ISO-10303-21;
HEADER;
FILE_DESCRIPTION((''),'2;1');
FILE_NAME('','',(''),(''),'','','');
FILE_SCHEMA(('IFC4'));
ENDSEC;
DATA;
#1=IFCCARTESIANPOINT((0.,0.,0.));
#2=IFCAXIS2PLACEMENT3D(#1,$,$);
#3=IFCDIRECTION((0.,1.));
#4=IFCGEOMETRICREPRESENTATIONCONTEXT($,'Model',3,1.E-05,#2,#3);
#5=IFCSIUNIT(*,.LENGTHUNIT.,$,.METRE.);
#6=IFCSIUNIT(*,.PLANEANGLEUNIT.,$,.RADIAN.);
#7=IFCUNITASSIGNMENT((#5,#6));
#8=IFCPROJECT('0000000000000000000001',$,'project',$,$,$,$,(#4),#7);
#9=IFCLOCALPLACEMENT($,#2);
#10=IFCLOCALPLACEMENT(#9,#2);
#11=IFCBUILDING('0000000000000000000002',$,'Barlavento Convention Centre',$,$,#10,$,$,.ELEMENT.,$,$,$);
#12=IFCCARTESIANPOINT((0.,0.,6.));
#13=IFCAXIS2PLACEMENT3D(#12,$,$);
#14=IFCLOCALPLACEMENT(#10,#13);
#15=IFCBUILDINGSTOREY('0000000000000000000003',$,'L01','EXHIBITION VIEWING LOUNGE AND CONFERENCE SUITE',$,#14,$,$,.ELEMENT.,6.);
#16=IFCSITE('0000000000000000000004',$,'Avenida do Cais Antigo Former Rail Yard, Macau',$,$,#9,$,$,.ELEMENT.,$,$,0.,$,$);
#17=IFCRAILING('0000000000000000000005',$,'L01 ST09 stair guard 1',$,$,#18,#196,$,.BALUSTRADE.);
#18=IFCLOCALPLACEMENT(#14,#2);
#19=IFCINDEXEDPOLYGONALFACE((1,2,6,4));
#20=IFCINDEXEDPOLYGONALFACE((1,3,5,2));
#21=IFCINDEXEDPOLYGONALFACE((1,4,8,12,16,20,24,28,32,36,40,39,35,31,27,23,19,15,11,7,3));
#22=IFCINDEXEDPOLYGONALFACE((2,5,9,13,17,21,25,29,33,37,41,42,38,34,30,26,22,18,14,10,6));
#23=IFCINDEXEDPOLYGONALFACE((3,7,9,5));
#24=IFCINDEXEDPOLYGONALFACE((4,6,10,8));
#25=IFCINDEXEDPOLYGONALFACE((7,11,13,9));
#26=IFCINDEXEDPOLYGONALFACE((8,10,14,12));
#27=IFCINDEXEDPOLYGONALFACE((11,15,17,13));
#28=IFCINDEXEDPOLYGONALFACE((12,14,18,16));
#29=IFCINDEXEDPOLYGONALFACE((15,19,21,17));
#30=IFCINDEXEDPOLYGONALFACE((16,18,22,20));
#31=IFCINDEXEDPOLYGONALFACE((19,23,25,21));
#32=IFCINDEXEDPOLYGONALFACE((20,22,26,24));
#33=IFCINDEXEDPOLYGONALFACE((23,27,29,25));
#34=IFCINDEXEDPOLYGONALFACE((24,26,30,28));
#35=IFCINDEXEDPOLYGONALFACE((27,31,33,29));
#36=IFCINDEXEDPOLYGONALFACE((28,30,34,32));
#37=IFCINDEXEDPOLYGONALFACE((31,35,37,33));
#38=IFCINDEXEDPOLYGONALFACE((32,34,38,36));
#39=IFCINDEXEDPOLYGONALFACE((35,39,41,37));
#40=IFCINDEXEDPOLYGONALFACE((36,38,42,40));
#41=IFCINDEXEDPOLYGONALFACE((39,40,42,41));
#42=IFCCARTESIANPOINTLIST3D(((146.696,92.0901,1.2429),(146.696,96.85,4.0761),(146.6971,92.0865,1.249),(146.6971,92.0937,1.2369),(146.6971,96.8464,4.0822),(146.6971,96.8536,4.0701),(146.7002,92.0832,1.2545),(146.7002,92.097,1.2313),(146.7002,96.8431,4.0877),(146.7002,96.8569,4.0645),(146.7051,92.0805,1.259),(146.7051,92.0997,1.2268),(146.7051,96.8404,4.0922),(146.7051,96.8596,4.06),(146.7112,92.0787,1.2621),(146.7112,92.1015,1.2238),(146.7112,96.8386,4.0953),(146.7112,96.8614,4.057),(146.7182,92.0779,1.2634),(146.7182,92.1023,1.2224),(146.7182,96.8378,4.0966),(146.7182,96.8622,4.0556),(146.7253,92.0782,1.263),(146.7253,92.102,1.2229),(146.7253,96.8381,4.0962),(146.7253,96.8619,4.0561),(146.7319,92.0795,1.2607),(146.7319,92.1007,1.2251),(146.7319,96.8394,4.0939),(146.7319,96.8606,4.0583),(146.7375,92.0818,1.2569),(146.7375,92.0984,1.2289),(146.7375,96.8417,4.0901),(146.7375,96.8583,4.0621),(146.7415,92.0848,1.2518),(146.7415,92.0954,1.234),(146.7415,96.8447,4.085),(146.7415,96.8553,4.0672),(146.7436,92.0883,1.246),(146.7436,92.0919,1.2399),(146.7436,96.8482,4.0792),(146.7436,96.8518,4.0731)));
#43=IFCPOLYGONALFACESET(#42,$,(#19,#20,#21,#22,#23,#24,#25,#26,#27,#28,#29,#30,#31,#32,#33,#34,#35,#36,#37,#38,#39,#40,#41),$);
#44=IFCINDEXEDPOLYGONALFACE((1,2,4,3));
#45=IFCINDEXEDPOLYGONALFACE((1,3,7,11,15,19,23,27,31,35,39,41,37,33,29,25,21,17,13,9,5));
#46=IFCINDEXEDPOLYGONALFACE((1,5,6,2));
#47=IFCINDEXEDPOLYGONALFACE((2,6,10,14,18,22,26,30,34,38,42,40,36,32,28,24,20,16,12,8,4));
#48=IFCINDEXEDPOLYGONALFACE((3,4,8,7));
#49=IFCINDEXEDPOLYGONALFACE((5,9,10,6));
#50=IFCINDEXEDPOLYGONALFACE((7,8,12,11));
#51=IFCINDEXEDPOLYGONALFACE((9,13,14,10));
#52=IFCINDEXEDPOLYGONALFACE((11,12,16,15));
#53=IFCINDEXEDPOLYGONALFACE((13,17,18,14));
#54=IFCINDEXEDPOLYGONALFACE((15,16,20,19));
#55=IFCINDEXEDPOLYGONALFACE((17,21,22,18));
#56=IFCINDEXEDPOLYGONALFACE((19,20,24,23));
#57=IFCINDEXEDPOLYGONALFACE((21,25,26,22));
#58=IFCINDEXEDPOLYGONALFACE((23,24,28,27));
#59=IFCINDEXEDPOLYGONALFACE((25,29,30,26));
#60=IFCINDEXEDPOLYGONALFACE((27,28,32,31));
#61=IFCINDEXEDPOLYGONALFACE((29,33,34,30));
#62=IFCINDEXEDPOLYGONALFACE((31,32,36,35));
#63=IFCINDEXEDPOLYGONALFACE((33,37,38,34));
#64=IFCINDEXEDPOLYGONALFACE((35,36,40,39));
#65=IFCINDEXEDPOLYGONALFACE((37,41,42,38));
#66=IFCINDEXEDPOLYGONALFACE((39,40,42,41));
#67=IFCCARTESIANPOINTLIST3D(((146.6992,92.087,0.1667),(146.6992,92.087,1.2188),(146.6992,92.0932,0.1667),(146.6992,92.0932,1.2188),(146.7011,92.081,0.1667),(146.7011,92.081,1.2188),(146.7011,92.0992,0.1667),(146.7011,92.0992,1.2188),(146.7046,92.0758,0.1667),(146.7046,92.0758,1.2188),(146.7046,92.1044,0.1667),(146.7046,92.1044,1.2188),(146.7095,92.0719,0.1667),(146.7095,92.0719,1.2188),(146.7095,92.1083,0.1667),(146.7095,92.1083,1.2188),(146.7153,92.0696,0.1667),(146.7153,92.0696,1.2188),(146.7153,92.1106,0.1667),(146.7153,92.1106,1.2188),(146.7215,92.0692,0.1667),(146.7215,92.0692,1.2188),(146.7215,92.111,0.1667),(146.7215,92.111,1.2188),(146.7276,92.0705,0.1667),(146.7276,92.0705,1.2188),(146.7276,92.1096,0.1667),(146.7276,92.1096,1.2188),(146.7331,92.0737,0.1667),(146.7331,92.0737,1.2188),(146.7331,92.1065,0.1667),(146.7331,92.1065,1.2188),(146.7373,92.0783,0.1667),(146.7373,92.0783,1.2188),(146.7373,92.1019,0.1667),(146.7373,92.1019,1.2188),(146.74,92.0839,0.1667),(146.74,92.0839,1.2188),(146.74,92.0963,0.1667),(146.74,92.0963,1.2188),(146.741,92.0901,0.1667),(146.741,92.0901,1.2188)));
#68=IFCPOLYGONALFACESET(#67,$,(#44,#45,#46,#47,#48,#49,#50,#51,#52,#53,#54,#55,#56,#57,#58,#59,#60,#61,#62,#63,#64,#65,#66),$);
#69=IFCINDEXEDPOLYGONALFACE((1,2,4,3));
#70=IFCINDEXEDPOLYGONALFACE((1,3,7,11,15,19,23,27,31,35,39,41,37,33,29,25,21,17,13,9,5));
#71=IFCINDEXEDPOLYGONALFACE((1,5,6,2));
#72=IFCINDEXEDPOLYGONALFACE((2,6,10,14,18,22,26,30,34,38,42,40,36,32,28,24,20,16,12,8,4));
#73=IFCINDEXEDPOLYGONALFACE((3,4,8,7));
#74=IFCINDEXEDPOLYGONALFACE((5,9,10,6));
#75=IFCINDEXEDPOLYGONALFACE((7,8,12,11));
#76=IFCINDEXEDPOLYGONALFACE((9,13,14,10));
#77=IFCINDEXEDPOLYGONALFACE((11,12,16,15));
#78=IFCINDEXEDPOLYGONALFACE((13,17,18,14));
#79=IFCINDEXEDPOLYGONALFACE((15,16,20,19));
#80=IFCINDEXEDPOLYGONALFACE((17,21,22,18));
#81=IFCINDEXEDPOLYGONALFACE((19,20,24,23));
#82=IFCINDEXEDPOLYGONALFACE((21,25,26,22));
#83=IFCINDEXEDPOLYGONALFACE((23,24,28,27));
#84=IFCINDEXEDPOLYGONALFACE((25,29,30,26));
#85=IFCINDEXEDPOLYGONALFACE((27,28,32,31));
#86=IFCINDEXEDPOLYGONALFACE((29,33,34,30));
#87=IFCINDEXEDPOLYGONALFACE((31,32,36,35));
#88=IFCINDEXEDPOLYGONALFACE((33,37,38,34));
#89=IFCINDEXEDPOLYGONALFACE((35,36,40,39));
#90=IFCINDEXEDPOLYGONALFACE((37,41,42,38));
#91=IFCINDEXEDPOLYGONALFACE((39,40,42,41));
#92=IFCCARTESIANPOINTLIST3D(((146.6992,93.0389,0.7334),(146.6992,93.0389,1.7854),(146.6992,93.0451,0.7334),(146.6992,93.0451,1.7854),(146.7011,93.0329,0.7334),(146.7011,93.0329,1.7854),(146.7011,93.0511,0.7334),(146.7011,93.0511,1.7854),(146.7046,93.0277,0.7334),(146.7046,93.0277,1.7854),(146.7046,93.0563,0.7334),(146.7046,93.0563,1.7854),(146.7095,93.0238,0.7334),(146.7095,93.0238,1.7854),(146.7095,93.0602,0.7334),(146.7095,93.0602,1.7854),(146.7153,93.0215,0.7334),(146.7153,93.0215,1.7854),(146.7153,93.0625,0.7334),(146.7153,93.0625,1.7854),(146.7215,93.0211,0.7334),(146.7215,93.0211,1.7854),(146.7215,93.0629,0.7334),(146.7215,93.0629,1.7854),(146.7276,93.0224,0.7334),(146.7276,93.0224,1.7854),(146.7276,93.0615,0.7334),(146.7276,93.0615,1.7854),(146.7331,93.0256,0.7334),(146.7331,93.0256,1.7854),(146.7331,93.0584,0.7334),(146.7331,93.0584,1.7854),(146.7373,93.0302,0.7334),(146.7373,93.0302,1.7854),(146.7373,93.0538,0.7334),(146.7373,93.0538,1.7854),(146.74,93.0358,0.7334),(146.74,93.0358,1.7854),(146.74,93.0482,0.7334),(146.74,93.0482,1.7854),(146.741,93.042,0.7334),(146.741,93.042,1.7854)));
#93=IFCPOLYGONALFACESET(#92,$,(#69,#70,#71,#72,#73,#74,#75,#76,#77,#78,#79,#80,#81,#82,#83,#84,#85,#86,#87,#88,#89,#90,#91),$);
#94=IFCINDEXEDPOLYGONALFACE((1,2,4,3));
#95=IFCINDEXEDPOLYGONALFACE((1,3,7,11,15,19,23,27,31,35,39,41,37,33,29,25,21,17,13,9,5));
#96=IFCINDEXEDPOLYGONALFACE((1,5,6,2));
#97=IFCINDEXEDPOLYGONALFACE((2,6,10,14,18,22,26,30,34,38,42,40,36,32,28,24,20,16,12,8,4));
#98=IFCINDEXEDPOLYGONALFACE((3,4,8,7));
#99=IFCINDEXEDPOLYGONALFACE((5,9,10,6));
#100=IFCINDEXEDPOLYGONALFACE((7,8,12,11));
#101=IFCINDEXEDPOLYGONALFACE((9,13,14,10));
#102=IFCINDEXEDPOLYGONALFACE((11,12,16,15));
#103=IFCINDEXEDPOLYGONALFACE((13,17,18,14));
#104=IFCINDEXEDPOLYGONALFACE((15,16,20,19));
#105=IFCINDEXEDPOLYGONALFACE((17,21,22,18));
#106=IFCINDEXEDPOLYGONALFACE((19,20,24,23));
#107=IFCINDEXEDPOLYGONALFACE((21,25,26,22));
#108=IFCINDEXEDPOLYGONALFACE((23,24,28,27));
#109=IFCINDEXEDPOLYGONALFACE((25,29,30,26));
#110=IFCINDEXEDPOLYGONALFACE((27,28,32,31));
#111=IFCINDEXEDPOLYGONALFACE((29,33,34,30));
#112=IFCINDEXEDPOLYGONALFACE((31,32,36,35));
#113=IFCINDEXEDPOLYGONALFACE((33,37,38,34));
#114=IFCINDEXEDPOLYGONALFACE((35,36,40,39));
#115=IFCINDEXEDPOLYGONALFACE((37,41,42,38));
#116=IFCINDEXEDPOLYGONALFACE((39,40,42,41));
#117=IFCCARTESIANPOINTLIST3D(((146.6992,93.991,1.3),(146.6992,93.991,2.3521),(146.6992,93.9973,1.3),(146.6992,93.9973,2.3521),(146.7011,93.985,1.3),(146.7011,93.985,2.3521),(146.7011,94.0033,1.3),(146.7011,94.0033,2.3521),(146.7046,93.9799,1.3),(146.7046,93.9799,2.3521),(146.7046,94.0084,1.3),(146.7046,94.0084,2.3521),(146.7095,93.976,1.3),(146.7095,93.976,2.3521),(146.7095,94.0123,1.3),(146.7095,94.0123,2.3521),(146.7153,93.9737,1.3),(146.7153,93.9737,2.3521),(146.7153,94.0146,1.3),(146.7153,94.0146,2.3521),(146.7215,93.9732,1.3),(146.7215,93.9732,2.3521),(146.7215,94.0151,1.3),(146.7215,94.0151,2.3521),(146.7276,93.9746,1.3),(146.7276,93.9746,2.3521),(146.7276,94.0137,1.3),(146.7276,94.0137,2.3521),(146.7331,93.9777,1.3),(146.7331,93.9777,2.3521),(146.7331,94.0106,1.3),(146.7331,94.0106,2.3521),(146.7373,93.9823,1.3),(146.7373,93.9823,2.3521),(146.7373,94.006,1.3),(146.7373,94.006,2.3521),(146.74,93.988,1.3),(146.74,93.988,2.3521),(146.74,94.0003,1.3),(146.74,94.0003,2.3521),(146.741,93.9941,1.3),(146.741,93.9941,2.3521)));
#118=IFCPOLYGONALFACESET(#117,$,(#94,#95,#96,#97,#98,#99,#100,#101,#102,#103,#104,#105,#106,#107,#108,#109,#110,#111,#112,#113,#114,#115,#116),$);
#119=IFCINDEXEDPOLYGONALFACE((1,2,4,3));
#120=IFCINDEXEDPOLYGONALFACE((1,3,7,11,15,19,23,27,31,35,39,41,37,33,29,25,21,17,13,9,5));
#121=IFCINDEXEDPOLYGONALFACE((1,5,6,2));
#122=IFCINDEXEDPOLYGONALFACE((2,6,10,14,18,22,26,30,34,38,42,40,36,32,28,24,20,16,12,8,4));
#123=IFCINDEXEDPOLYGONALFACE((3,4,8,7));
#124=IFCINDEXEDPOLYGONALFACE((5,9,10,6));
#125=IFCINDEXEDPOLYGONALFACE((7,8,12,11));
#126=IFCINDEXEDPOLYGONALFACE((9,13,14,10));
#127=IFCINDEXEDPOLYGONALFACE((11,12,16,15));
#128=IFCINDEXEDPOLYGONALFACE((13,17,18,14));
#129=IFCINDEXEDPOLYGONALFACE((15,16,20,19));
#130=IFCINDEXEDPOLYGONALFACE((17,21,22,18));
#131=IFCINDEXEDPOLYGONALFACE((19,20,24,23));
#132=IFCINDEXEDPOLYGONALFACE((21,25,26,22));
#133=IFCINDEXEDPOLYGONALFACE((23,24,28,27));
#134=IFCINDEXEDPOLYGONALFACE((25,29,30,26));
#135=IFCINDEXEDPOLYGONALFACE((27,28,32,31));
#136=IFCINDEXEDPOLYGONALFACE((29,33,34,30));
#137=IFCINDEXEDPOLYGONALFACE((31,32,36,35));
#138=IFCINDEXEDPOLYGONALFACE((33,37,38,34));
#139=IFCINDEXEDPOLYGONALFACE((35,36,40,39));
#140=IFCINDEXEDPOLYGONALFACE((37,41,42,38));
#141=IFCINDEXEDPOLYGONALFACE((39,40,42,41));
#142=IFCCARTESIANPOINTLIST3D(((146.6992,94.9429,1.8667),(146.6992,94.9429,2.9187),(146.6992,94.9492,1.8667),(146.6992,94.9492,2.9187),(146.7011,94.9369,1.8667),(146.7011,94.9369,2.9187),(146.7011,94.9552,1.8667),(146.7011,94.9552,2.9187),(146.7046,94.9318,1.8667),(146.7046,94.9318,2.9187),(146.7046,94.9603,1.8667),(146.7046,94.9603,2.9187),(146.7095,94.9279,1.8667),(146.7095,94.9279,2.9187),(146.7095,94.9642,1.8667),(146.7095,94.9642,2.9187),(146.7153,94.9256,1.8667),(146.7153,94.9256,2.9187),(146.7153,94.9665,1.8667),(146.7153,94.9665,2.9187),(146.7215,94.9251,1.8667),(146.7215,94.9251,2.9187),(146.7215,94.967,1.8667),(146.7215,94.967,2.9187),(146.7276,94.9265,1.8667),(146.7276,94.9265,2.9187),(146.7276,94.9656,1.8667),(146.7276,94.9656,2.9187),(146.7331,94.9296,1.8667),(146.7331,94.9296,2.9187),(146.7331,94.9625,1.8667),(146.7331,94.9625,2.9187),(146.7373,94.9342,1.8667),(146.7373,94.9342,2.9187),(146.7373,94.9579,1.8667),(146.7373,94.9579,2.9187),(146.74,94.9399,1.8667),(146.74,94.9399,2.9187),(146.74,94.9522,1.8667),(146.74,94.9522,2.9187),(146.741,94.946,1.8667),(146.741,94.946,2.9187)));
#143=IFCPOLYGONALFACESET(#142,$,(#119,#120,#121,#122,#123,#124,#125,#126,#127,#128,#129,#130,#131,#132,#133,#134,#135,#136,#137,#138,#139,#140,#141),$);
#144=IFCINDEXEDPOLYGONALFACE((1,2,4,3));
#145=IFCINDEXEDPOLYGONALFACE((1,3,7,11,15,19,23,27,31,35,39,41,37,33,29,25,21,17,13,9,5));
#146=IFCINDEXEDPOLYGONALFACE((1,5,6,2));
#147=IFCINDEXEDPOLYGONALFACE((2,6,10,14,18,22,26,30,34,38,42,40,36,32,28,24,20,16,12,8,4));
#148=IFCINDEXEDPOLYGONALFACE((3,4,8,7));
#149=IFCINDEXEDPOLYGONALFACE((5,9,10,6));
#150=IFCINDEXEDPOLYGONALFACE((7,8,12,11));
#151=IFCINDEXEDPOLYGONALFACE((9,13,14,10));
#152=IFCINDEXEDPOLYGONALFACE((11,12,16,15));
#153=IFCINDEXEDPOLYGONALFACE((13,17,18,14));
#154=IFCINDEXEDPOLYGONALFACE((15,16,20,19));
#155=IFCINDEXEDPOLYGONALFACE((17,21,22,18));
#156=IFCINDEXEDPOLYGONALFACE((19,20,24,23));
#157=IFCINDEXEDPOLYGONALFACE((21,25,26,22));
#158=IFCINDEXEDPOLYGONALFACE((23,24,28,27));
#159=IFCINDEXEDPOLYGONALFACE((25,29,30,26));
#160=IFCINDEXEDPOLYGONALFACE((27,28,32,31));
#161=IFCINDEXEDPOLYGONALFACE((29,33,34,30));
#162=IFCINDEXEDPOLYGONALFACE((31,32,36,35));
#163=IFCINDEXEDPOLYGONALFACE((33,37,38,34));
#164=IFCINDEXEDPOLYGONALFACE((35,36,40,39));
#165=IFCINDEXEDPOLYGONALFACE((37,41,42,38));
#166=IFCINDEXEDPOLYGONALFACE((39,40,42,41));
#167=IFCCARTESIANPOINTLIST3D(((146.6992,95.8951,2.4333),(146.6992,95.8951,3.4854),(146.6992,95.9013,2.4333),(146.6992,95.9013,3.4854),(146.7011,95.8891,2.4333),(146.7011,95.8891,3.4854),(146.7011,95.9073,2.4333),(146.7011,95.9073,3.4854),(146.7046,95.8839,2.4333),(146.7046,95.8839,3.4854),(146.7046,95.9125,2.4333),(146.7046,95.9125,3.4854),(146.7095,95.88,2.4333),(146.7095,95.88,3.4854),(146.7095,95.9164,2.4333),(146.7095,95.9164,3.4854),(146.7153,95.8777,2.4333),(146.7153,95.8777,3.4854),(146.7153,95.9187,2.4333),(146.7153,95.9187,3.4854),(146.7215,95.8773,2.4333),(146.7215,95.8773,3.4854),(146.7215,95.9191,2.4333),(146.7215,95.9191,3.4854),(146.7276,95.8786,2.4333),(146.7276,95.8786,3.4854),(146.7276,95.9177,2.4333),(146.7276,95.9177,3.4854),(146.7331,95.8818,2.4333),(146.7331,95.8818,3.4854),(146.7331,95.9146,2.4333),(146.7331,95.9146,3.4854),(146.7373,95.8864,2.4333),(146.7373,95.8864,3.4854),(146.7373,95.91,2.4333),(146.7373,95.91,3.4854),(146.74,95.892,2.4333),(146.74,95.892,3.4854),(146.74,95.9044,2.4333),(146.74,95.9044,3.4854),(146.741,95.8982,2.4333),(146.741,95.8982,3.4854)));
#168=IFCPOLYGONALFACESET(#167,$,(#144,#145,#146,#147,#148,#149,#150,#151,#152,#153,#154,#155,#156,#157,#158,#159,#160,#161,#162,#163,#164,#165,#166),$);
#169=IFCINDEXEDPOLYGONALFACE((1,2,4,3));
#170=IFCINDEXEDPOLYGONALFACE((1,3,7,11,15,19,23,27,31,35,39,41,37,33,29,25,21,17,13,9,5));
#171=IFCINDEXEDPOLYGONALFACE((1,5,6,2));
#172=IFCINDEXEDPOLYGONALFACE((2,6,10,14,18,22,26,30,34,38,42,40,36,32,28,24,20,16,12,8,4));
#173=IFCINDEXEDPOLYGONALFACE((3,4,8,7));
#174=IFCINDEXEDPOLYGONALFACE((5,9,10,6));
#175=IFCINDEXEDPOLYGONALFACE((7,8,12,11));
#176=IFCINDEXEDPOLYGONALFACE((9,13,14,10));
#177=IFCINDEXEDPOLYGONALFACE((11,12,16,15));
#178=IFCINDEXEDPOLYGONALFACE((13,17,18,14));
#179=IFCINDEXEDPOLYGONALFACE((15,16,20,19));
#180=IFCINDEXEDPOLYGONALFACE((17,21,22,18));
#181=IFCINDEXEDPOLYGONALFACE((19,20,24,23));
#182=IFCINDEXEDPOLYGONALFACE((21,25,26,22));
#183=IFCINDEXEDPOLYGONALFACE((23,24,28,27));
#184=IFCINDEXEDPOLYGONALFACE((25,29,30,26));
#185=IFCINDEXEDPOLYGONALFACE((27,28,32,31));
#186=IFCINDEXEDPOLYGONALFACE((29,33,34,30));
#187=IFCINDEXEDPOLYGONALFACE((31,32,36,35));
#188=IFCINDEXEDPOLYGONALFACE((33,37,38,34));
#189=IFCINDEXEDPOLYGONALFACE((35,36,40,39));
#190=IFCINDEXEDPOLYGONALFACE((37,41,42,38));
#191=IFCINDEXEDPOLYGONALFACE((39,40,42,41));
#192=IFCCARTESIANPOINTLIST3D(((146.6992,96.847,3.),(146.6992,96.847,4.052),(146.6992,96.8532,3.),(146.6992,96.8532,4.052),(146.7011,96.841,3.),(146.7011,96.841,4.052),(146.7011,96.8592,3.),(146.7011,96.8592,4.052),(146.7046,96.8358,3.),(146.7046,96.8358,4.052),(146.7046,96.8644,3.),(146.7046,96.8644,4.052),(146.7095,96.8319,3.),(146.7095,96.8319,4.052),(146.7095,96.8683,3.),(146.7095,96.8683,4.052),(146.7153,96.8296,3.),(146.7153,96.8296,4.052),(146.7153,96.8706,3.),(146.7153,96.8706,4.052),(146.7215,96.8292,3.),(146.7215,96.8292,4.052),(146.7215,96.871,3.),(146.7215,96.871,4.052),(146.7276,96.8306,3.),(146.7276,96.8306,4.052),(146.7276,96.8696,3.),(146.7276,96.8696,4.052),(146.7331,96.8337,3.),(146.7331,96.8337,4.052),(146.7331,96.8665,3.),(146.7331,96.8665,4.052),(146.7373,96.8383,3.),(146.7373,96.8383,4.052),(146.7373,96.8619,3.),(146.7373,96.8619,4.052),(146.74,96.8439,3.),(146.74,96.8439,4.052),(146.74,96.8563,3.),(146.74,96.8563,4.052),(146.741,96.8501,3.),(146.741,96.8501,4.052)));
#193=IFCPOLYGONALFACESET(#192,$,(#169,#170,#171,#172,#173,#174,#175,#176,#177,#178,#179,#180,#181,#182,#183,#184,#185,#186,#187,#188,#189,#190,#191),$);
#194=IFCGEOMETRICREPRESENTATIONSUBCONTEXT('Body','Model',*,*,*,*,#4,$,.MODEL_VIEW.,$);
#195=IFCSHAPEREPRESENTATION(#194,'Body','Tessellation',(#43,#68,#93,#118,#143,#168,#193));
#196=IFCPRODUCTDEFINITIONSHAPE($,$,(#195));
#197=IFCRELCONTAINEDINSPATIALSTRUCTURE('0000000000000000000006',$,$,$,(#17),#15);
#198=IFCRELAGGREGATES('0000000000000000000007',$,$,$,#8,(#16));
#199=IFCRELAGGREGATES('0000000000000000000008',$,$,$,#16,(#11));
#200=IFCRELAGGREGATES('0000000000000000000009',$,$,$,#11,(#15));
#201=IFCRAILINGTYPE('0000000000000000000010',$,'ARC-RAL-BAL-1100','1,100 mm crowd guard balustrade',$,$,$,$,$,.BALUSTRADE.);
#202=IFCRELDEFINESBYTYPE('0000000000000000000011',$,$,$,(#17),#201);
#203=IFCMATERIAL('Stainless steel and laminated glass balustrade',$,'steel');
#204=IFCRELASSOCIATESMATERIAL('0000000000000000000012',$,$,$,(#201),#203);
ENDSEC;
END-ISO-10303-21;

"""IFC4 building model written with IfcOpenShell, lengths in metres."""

from ifc_helpers import new_model, si_unit, direction, frame, origin, origin_2d, place, context, subcontext, project, spatial, circle, extrude, material, type_object, element, save


model = new_model("IFC4")

# Units and contexts
model_context = context("Model", 3, precision=1e-05, world=origin(), true_north=direction((0.0, 1.0)))
body_context = subcontext(model_context, "Body", "Model", "MODEL_VIEW")
ifc_project = project(units=[si_unit("LENGTHUNIT", "METRE"), si_unit("PLANEANGLEUNIT", "RADIAN")], contexts=[model_context])

# Site, building, storey
site_placement = place(None, origin())
site = spatial("IfcSite", under=ifc_project, at=site_placement, Name="Avenida do Cais Antigo Former Rail Yard, Macau", CompositionType="ELEMENT", RefElevation=0.0)
building_placement = place(site_placement, origin())
building = spatial("IfcBuilding", under=site, at=building_placement, Name="Barlavento Convention Centre", CompositionType="ELEMENT")
storey_placement = place(building_placement, frame((0.0, 0.0, 6.0)))
storey = spatial("IfcBuildingStorey", under=building, at=storey_placement, Name="L01", Description="EXHIBITION VIEWING LOUNGE AND CONFERENCE SUITE", CompositionType="ELEMENT", Elevation=6.0)

# Railing
ifc_material_1 = material(Name="Stainless steel and laminated glass balustrade", Category="steel")
railing_type_1 = type_object("IfcRailingType", Name="ARC-RAL-BAL-1100", Description="1,100 mm crowd guard balustrade", PredefinedType="BALUSTRADE", material=ifc_material_1)
railing_1_placement = place(storey_placement, frame((146.72, 92.0901, 0.1667)))
element("IfcRailing", 1, at=railing_1_placement, inside=storey, type_object=railing_type_1, Name="L01 ST09 stair guard 1", PredefinedType="BALUSTRADE", context=body_context, shape_type="SweptSolid", body=[
    extrude(circle(Radius=0.0239, at=origin_2d()), frame((0.0, 0.0, 1.0762), z_axis=(0.0, 0.8593, 0.511472), x_axis=(-1.0, 0.0, 0.0)), (0.0, 0.0, 1.0), 5.5393),
    extrude(circle(Radius=0.021, at=origin_2d()), origin(), (0.0, 0.0, 1.0), 1.052),
    extrude(circle(Radius=0.021, at=origin_2d()), frame((0.0, 0.9519, 0.5667)), (0.0, 0.0, 1.0), 1.052),
    extrude(circle(Radius=0.021, at=origin_2d()), frame((0.0, 1.9041, 1.1333)), (0.0, 0.0, 1.0), 1.052),
    extrude(circle(Radius=0.021, at=origin_2d()), frame((0.0, 2.856, 1.7)), (0.0, 0.0, 1.0), 1.052),
    extrude(circle(Radius=0.021, at=origin_2d()), frame((0.0, 3.8081, 2.2666)), (0.0, 0.0, 1.0), 1.052),
    extrude(circle(Radius=0.021, at=origin_2d()), frame((0.0, 4.76, 2.8333)), (0.0, 0.0, 1.0), 1.052),
])

save(model, "model.ifc")
